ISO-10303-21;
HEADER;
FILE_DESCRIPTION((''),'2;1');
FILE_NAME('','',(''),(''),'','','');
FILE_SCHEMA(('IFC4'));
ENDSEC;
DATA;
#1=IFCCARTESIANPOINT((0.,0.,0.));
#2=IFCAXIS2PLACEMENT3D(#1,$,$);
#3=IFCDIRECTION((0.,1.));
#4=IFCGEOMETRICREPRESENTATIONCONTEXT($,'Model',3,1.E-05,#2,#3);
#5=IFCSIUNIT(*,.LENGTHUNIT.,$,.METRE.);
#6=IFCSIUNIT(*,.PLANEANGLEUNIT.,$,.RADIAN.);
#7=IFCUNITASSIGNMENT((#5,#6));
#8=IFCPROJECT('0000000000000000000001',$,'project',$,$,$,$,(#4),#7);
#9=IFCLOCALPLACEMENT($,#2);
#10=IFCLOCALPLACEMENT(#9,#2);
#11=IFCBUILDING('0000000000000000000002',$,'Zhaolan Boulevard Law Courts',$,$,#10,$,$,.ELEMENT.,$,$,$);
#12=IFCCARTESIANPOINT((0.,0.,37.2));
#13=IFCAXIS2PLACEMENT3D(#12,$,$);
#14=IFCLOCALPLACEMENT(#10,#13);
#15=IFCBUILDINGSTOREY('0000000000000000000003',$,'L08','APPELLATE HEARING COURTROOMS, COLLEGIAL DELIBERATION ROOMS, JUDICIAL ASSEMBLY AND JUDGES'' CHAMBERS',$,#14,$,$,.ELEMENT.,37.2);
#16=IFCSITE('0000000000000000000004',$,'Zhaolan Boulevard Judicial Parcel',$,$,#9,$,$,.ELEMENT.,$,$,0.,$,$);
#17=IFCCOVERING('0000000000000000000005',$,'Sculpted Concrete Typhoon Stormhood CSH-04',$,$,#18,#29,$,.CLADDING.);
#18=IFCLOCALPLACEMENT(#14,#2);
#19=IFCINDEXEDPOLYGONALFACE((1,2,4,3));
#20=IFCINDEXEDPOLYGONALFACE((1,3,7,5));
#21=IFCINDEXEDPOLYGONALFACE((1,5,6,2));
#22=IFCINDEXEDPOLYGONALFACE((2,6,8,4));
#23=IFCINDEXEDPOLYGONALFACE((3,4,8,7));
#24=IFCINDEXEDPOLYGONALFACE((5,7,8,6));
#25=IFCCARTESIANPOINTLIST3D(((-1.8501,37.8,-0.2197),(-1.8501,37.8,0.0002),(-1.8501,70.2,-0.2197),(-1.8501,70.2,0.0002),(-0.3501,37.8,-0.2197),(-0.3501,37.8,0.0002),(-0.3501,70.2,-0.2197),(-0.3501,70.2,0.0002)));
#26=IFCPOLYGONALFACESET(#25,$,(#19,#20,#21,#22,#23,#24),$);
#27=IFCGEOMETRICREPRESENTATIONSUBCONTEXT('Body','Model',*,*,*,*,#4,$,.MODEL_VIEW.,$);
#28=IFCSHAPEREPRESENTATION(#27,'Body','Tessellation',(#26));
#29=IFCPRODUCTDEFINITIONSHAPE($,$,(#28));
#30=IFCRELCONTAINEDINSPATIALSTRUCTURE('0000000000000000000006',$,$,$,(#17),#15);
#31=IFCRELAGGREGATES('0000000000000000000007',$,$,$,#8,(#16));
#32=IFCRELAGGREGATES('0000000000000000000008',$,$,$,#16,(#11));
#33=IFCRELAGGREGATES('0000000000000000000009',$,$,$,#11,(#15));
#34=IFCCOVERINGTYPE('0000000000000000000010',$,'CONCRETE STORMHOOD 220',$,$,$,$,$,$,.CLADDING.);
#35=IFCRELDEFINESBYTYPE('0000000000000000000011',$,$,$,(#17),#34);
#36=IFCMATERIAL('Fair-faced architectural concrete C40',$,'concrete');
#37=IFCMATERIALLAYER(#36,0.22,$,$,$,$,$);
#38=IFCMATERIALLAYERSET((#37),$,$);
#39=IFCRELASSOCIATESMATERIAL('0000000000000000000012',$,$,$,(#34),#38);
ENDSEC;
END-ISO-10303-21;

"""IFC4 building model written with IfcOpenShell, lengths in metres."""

from ifc_helpers import new_model, si_unit, direction, frame, origin, origin_2d, place, context, subcontext, project, spatial, rectangle, extrude, material, layer, layer_set, type_object, element, save


model = new_model("IFC4")

# Units and contexts
model_context = context("Model", 3, precision=1e-05, world=origin(), true_north=direction((0.0, 1.0)))
body_context = subcontext(model_context, "Body", "Model", "MODEL_VIEW")
ifc_project = project(units=[si_unit("LENGTHUNIT", "METRE"), si_unit("PLANEANGLEUNIT", "RADIAN")], contexts=[model_context])

# Site, building, storey
site_placement = place(None, origin())
site = spatial("IfcSite", under=ifc_project, at=site_placement, Name="Zhaolan Boulevard Judicial Parcel", CompositionType="ELEMENT", RefElevation=0.0)
building_placement = place(site_placement, origin())
building = spatial("IfcBuilding", under=site, at=building_placement, Name="Zhaolan Boulevard Law Courts", CompositionType="ELEMENT")
storey_placement = place(building_placement, frame((0.0, 0.0, 37.2)))
storey = spatial("IfcBuildingStorey", under=building, at=storey_placement, Name="L08", Description="APPELLATE HEARING COURTROOMS, COLLEGIAL DELIBERATION ROOMS, JUDICIAL ASSEMBLY AND JUDGES' CHAMBERS", CompositionType="ELEMENT", Elevation=37.2)

# Covering
ifc_material_1 = material(Name="Fair-faced architectural concrete C40", Category="concrete")
ifc_layer_1 = layer(ifc_material_1, 0.22)
ifc_layer_set_1 = layer_set([ifc_layer_1])
covering_type = type_object("IfcCoveringType", Name="CONCRETE STORMHOOD 220", PredefinedType="CLADDING", material=ifc_layer_set_1)
covering_placement = place(storey_placement, frame((-1.1001, 54.0, -0.2197), z_axis=(0.0, 0.0, 1.0), x_axis=(1.0, 0.0, 0.0)))
element("IfcCovering", 1, at=covering_placement, inside=storey, type_object=covering_type, Name="Sculpted Concrete Typhoon Stormhood CSH-04", PredefinedType="CLADDING", context=body_context, shape_type="SweptSolid", body=[
    extrude(rectangle(XDim=1.5, YDim=32.3999, at=origin_2d()), origin(), (0.0, 0.0, 1.0), 0.22),
])

save(model, "model.ifc")
